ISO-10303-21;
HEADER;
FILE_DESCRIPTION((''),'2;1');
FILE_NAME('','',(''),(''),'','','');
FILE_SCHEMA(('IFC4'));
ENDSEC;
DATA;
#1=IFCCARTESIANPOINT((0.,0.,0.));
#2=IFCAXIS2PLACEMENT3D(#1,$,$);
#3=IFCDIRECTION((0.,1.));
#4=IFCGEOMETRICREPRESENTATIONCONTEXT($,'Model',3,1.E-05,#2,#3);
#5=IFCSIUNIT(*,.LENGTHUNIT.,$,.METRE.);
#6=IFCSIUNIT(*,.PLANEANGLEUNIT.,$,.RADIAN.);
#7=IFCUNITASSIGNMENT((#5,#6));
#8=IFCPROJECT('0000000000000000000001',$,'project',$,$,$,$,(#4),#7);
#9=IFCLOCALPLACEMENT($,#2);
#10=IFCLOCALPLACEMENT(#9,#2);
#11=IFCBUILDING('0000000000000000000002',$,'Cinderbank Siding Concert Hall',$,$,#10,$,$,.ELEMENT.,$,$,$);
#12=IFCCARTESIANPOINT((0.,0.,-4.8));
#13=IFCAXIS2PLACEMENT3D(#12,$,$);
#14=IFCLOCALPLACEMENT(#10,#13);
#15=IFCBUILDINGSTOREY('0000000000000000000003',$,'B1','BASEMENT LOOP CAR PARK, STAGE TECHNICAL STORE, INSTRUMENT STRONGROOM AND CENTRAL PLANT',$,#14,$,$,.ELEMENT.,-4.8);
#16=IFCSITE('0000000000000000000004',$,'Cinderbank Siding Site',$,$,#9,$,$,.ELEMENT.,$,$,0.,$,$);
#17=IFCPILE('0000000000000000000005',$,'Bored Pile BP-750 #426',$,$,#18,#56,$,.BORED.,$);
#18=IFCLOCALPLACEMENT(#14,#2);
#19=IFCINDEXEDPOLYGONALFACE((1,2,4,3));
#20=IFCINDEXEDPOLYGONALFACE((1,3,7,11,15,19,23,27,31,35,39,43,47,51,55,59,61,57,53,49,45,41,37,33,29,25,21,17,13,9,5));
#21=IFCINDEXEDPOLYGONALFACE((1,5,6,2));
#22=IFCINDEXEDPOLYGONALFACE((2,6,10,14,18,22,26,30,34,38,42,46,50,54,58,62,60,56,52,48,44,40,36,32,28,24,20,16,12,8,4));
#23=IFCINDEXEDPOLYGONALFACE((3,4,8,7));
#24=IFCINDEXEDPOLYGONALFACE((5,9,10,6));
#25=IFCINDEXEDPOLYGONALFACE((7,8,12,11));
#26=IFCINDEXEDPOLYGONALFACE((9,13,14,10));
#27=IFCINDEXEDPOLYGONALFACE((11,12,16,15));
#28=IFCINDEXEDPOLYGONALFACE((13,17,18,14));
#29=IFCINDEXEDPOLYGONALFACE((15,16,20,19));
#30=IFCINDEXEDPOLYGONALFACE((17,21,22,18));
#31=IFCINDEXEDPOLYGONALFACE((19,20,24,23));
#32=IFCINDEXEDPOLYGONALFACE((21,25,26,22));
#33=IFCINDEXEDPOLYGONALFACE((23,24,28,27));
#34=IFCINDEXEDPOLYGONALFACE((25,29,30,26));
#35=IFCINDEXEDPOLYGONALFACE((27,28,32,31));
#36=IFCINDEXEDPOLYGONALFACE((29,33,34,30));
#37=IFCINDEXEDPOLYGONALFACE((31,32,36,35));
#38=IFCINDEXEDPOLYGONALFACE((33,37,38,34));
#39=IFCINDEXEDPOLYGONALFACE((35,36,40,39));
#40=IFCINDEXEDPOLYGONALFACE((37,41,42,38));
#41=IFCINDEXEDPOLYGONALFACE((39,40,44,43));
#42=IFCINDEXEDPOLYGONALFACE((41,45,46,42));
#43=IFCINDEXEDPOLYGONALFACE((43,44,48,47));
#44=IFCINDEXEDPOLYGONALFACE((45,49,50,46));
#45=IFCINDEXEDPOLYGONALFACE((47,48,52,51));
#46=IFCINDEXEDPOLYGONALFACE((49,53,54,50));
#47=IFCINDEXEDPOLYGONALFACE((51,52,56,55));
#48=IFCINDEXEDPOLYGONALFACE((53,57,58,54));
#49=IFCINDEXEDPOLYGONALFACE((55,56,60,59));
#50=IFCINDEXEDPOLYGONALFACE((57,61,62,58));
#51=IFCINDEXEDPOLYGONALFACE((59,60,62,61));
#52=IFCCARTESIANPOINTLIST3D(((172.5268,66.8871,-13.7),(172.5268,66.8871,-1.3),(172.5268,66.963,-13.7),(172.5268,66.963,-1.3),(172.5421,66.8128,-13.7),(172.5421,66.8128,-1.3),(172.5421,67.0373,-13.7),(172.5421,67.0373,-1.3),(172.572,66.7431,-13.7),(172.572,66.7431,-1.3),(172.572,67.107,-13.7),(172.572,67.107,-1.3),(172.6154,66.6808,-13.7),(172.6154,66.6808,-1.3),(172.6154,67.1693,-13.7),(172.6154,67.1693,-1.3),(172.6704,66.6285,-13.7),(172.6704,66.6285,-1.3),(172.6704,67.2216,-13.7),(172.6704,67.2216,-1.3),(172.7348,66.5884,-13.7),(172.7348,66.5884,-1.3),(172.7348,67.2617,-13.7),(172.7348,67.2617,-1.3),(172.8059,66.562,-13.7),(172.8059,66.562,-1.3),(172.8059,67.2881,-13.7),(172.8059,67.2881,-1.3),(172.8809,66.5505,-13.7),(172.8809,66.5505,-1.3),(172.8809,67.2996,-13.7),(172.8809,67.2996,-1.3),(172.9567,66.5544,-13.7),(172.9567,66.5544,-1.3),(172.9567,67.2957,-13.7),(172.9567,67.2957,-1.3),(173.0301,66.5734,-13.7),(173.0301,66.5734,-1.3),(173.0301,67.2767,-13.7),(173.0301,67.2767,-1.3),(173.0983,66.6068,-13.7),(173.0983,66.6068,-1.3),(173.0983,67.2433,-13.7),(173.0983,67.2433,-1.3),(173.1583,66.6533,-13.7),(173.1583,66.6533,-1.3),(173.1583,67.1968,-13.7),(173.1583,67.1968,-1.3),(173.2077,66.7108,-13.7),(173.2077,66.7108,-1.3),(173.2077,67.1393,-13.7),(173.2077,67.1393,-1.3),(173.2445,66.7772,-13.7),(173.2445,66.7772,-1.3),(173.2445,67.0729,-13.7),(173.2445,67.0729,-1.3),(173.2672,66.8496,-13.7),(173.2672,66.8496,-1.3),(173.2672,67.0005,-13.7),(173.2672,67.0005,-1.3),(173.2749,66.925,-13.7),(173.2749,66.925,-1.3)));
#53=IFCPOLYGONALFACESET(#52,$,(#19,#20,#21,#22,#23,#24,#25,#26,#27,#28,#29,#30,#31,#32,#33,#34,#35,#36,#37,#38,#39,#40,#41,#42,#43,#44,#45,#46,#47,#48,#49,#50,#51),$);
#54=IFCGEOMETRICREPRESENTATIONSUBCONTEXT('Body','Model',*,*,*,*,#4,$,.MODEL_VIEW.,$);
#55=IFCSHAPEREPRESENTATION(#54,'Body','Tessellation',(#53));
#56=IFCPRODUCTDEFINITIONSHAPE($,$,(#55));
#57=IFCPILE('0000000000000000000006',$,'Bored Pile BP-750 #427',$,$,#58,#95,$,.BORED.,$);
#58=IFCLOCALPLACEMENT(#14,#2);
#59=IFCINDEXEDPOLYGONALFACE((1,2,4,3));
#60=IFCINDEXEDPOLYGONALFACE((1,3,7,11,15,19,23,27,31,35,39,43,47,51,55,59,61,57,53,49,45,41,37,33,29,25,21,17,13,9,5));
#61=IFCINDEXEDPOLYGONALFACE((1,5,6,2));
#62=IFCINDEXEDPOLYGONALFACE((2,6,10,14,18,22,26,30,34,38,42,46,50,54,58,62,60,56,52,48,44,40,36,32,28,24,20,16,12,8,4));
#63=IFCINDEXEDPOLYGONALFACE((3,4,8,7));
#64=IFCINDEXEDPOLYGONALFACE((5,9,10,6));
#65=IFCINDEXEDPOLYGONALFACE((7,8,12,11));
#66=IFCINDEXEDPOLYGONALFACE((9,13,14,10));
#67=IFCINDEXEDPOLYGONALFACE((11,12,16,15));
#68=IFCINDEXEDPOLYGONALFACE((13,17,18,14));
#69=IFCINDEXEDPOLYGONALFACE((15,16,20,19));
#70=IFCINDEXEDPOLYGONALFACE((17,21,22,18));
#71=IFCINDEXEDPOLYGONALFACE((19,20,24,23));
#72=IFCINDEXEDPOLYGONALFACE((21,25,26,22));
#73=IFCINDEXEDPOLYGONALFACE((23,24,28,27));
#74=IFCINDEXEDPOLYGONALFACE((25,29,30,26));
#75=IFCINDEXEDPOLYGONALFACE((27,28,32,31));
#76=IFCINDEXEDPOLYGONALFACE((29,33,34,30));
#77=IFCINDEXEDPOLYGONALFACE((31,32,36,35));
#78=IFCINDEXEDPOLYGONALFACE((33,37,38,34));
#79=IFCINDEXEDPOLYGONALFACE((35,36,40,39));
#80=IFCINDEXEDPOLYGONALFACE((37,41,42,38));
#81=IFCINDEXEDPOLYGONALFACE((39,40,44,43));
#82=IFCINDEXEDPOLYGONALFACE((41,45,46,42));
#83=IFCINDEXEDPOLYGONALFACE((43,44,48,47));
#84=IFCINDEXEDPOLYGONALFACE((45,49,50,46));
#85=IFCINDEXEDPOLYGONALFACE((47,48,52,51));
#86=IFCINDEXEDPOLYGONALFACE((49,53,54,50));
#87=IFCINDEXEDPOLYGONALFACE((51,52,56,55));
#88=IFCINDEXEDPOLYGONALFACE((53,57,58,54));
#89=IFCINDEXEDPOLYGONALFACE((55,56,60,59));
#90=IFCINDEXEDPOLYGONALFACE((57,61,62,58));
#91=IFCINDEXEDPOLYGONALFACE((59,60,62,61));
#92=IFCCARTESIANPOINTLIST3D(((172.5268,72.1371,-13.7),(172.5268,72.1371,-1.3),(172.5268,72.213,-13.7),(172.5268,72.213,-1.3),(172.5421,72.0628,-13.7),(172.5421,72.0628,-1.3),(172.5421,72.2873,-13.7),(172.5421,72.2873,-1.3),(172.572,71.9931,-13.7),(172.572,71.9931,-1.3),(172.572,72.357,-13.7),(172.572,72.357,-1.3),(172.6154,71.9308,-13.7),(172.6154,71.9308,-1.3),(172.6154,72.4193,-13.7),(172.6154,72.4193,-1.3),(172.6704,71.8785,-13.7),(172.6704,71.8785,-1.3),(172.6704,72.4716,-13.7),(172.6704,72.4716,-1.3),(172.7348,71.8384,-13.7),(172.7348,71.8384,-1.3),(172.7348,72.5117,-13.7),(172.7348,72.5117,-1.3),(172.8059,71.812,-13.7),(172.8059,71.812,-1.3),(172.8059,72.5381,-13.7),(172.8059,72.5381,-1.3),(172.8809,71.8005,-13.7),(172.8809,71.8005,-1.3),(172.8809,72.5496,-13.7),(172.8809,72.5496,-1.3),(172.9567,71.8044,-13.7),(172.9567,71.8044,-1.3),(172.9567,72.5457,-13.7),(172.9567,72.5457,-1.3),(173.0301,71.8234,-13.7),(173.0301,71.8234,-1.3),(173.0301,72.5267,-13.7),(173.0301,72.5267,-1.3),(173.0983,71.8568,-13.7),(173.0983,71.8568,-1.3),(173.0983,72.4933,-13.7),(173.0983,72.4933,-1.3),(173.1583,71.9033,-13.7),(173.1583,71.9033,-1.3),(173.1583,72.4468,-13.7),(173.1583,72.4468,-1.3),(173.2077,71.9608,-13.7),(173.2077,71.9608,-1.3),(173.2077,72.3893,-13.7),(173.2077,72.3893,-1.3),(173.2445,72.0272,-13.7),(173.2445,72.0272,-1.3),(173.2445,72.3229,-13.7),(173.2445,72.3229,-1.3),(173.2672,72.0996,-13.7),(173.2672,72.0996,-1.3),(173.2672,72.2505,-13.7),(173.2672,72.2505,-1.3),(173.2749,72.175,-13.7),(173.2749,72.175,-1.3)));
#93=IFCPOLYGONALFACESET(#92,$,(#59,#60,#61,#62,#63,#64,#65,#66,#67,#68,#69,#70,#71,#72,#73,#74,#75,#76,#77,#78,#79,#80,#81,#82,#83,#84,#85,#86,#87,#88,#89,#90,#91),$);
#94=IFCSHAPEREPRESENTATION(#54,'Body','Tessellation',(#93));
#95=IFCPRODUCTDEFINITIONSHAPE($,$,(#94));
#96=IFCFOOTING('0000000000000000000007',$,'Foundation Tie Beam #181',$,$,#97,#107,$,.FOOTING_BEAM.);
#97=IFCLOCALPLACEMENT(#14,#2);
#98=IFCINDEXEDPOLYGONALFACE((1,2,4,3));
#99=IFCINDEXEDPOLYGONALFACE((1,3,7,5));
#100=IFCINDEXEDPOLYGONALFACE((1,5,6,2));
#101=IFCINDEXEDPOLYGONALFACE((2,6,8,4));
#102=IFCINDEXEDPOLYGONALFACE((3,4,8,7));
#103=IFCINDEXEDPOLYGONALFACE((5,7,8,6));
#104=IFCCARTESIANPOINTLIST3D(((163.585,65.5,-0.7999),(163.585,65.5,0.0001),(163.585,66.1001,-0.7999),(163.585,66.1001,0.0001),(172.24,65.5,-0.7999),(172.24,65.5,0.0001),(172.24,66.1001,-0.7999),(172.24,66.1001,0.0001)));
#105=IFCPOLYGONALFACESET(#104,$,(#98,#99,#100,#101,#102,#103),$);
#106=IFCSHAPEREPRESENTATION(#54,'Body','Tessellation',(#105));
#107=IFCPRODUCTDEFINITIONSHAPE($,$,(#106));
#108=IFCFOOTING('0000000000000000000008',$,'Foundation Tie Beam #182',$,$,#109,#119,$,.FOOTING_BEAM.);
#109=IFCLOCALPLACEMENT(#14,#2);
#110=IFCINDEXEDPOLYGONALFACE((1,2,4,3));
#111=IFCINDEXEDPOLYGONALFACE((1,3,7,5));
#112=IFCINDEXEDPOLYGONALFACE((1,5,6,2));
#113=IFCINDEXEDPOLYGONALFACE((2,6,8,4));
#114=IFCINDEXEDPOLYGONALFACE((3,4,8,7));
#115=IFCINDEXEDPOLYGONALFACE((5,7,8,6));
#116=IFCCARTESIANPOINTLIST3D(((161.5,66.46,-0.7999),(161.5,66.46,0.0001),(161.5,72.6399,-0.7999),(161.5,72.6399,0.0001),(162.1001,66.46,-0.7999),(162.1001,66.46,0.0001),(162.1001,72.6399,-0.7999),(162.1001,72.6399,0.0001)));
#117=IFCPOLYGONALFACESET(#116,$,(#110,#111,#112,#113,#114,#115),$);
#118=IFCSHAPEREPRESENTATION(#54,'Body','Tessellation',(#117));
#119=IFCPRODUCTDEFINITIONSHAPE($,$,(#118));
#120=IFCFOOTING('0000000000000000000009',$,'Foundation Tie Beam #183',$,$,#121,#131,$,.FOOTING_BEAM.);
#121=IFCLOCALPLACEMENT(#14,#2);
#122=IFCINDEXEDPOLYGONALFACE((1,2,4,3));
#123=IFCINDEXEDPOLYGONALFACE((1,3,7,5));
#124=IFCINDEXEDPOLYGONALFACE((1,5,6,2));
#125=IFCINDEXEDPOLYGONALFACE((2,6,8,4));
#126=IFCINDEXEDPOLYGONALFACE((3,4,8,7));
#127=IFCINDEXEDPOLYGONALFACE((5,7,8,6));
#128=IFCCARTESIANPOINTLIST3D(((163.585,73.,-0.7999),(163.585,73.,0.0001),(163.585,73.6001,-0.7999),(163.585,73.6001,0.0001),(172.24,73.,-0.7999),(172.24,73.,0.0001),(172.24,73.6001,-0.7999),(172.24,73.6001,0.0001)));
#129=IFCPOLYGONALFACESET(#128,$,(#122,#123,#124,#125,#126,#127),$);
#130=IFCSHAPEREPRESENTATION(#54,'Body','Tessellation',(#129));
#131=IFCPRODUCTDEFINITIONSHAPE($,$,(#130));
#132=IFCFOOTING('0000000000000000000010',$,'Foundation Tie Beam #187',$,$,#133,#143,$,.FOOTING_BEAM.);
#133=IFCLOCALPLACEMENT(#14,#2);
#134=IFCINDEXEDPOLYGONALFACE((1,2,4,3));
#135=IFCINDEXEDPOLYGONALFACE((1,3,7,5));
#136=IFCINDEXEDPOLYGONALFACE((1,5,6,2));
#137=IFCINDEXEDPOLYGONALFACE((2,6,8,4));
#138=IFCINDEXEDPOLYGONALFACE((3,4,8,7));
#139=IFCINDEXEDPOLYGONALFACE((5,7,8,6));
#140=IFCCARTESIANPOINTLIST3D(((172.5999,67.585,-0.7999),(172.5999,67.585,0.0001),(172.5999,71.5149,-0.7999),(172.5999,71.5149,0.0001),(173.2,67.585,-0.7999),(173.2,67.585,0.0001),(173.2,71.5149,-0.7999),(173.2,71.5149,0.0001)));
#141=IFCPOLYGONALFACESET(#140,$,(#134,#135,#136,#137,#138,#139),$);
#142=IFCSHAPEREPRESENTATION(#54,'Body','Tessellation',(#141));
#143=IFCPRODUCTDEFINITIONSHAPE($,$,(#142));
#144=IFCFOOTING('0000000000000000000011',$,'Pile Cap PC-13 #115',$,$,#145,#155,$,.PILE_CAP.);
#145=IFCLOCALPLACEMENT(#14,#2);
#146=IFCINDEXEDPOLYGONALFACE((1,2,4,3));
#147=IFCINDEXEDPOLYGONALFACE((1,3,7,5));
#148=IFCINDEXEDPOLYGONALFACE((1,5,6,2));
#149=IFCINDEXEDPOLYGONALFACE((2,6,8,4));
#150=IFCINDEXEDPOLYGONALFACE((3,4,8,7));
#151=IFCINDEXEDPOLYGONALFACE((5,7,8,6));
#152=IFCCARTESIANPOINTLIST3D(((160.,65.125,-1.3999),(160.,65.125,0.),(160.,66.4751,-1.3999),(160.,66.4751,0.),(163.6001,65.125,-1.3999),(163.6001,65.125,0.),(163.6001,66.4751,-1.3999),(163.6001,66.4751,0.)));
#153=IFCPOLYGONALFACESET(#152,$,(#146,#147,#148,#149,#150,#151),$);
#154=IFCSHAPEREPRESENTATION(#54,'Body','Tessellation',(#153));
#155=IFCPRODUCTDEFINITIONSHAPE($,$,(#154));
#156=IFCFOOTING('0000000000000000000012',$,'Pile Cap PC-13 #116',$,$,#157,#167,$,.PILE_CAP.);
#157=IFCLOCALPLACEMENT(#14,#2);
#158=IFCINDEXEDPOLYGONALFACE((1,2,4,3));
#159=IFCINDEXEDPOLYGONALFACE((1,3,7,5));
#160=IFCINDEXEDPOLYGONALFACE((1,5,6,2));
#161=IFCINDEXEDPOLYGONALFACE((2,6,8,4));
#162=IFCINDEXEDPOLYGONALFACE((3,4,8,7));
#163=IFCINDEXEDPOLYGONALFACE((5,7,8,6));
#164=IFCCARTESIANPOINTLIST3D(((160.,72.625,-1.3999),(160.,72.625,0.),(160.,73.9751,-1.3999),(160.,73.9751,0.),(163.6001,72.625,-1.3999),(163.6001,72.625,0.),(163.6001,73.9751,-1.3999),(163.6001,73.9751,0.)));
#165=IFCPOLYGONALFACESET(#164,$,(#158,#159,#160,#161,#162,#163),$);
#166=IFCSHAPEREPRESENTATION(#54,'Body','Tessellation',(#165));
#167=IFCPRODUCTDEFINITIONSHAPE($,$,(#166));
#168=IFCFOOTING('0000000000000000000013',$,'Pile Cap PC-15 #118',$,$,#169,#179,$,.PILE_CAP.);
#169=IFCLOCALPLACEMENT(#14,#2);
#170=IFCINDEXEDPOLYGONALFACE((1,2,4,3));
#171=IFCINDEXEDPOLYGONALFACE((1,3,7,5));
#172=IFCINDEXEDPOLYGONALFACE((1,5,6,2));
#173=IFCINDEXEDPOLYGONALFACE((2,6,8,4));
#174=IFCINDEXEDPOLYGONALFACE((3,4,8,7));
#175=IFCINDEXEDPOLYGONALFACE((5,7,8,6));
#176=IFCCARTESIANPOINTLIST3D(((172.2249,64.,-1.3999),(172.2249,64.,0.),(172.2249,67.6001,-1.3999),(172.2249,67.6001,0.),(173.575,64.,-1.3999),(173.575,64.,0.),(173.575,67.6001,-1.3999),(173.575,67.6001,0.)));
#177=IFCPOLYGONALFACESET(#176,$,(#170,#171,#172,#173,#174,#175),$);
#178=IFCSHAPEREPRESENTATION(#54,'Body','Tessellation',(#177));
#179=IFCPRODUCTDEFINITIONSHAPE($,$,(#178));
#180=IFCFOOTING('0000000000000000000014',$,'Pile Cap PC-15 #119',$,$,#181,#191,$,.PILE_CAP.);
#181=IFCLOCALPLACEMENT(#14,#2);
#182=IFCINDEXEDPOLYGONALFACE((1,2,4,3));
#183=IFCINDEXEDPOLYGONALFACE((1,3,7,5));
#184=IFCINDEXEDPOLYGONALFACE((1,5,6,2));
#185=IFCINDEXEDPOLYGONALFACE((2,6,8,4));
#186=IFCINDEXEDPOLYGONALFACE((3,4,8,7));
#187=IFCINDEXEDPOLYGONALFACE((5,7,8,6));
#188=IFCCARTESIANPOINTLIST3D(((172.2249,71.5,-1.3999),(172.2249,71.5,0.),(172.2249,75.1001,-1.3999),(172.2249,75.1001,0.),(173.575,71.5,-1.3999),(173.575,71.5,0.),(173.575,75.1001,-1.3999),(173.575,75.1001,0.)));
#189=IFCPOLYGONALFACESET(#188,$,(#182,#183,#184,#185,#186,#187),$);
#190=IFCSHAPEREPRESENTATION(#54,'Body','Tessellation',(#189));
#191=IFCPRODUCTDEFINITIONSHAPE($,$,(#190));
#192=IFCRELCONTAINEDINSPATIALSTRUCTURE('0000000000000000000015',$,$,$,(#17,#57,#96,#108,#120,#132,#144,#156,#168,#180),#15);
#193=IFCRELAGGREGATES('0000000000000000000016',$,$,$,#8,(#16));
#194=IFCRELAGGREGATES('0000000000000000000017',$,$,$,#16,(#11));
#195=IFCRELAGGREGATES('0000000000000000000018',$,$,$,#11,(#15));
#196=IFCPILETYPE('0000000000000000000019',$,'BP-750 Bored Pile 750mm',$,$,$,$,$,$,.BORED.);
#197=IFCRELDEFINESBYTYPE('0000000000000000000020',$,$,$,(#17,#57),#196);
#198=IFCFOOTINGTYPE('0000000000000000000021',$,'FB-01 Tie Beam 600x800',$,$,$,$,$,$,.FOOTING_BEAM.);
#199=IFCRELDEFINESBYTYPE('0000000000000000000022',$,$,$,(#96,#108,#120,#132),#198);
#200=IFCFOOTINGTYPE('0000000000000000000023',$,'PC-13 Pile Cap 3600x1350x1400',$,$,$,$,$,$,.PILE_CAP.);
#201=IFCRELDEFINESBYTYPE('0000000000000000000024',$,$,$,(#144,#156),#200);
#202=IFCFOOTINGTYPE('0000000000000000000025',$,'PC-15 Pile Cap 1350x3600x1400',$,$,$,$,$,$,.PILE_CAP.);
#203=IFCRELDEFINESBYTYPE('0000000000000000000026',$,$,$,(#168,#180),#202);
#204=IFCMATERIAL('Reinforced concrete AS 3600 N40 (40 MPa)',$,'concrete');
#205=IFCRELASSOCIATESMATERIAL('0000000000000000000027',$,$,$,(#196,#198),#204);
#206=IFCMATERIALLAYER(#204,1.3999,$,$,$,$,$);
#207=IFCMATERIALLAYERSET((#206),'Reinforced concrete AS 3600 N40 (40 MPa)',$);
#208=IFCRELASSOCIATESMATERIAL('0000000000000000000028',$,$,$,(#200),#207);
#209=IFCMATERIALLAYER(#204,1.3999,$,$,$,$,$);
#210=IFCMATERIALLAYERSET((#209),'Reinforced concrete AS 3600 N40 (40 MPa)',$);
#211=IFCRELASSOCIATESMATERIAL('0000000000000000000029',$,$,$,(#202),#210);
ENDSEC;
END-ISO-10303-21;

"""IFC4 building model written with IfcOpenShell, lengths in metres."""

from ifc_helpers import new_model, si_unit, direction, frame, origin, origin_2d, place, context, subcontext, project, spatial, rectangle, circle, extrude, material, layer, layer_set, material_profile, profile_set, type_object, element, save


model = new_model("IFC4")

# Units and contexts
model_context = context("Model", 3, precision=1e-05, world=origin(), true_north=direction((0.0, 1.0)))
body_context = subcontext(model_context, "Body", "Model", "MODEL_VIEW")
ifc_project = project(units=[si_unit("LENGTHUNIT", "METRE"), si_unit("PLANEANGLEUNIT", "RADIAN")], contexts=[model_context])

# Site, building, storey
site_placement = place(None, origin())
site = spatial("IfcSite", under=ifc_project, at=site_placement, Name="Cinderbank Siding Site", CompositionType="ELEMENT", RefElevation=0.0)
building_placement = place(site_placement, origin())
building = spatial("IfcBuilding", under=site, at=building_placement, Name="Cinderbank Siding Concert Hall", CompositionType="ELEMENT")
storey_placement = place(building_placement, frame((0.0, 0.0, -4.8)))
storey = spatial("IfcBuildingStorey", under=building, at=storey_placement, Name="B1", Description="BASEMENT LOOP CAR PARK, STAGE TECHNICAL STORE, INSTRUMENT STRONGROOM AND CENTRAL PLANT", CompositionType="ELEMENT", Elevation=-4.8)

# Piles
ifc_material_1 = material(Name="Reinforced concrete AS 3600 N40 (40 MPa)", Category="concrete")
ifc_material_profile_1 = material_profile(ifc_material_1, circle(Radius=0.375, at=origin_2d()), Name="PILE-750DIA", Category="LoadBearing")
ifc_profile_set_1 = profile_set([ifc_material_profile_1], Name="Reinforced concrete AS 3600 N40 (40 MPa)")
pile_type = type_object("IfcPileType", Name="BP-750 Bored Pile 750mm", PredefinedType="BORED", material=ifc_profile_set_1)
for number, where, z_axis, x_axis, name in (
    (1, (172.8999, 66.925, -1.3), (0.0, 0.0, -1.0), (1.0, 0.0, 0.0), "Bored Pile BP-750 #426"),
    (2, (172.8999, 72.175, -1.3), (0.0, 0.0, -1.0), (1.0, 0.0, 0.0), "Bored Pile BP-750 #427"),
):
    element("IfcPile", number, at=place(storey_placement, frame(where, z_axis=z_axis, x_axis=x_axis)), inside=storey, type_object=pile_type, Name=name, PredefinedType="BORED", context=body_context, shape_type="SweptSolid", body=[
        extrude(circle(Radius=0.375, at=origin_2d()), origin(), (0.0, 0.0, 1.0), 12.3999),
    ])

# Footings
ifc_material_profile_2 = material_profile(ifc_material_1, rectangle(XDim=0.6001, YDim=0.8, at=origin_2d()), Name="RC-FB-600x800", Category="LoadBearing")
ifc_profile_set_2 = profile_set([ifc_material_profile_2], Name="Reinforced concrete AS 3600 N40 (40 MPa)")
footing_type_1 = type_object("IfcFootingType", Name="FB-01 Tie Beam 600x800", PredefinedType="FOOTING_BEAM", material=ifc_profile_set_2)
footing_1_placement = place(storey_placement, frame((163.585, 65.8, -0.3999), z_axis=(1.0, 0.0, 0.0), x_axis=(0.0, 1.0, 0.0)))
element("IfcFooting", 3, at=footing_1_placement, inside=storey, type_object=footing_type_1, Name="Foundation Tie Beam #181", PredefinedType="FOOTING_BEAM", context=body_context, shape_type="SweptSolid", body=[
    extrude(rectangle(XDim=0.6001, YDim=0.8, at=origin_2d()), origin(), (0.0, 0.0, 1.0), 8.655),
])
footing_2_placement = place(storey_placement, frame((161.8, 66.46, -0.3999), z_axis=(0.0, 1.0, 0.0), x_axis=(-1.0, 0.0, 0.0)))
element("IfcFooting", 4, at=footing_2_placement, inside=storey, type_object=footing_type_1, Name="Foundation Tie Beam #182", PredefinedType="FOOTING_BEAM", context=body_context, shape_type="SweptSolid", body=[
    extrude(rectangle(XDim=0.6001, YDim=0.8, at=origin_2d()), origin(), (0.0, 0.0, 1.0), 6.1799),
])
footing_3_placement = place(storey_placement, frame((163.585, 73.3, -0.3999), z_axis=(1.0, 0.0, 0.0), x_axis=(0.0, 1.0, 0.0)))
element("IfcFooting", 5, at=footing_3_placement, inside=storey, type_object=footing_type_1, Name="Foundation Tie Beam #183", PredefinedType="FOOTING_BEAM", context=body_context, shape_type="SweptSolid", body=[
    extrude(rectangle(XDim=0.6001, YDim=0.8, at=origin_2d()), origin(), (0.0, 0.0, 1.0), 8.655),
])
footing_4_placement = place(storey_placement, frame((172.8999, 67.585, -0.3999), z_axis=(0.0, 1.0, 0.0), x_axis=(-1.0, 0.0, 0.0)))
element("IfcFooting", 6, at=footing_4_placement, inside=storey, type_object=footing_type_1, Name="Foundation Tie Beam #187", PredefinedType="FOOTING_BEAM", context=body_context, shape_type="SweptSolid", body=[
    extrude(rectangle(XDim=0.6001, YDim=0.8, at=origin_2d()), origin(), (0.0, 0.0, 1.0), 3.9299),
])
ifc_layer_1 = layer(ifc_material_1, 1.3999)
ifc_layer_set_1 = layer_set([ifc_layer_1], Name="Reinforced concrete AS 3600 N40 (40 MPa)")
footing_type_2 = type_object("IfcFootingType", Name="PC-13 Pile Cap 3600x1350x1400", PredefinedType="PILE_CAP", material=ifc_layer_set_1)
for number, where, z_axis, x_axis, name in (
    (7, (161.8, 65.8, -1.3999), (0.0, 0.0, 1.0), (1.0, 0.0, 0.0), "Pile Cap PC-13 #115"),
    (8, (161.8, 73.3, -1.3999), (0.0, 0.0, 1.0), (1.0, 0.0, 0.0), "Pile Cap PC-13 #116"),
):
    element("IfcFooting", number, at=place(storey_placement, frame(where, z_axis=z_axis, x_axis=x_axis)), inside=storey, type_object=footing_type_2, Name=name, PredefinedType="PILE_CAP", context=body_context, shape_type="SweptSolid", body=[
        extrude(rectangle(XDim=3.6001, YDim=1.3501, at=origin_2d()), origin(), (0.0, 0.0, 1.0), 1.3999),
    ])
ifc_layer_2 = layer(ifc_material_1, 1.3999)
ifc_layer_set_2 = layer_set([ifc_layer_2], Name="Reinforced concrete AS 3600 N40 (40 MPa)")
footing_type_3 = type_object("IfcFootingType", Name="PC-15 Pile Cap 1350x3600x1400", PredefinedType="PILE_CAP", material=ifc_layer_set_2)
for number, where, z_axis, x_axis, name in (
    (9, (172.8999, 65.8, -1.3999), (0.0, 0.0, 1.0), (1.0, 0.0, 0.0), "Pile Cap PC-15 #118"),
    (10, (172.8999, 73.3, -1.3999), (0.0, 0.0, 1.0), (1.0, 0.0, 0.0), "Pile Cap PC-15 #119"),
):
    element("IfcFooting", number, at=place(storey_placement, frame(where, z_axis=z_axis, x_axis=x_axis)), inside=storey, type_object=footing_type_3, Name=name, PredefinedType="PILE_CAP", context=body_context, shape_type="SweptSolid", body=[
        extrude(rectangle(XDim=1.3501, YDim=3.6001, at=origin_2d()), origin(), (0.0, 0.0, 1.0), 1.3999),
    ])

save(model, "model.ifc")
